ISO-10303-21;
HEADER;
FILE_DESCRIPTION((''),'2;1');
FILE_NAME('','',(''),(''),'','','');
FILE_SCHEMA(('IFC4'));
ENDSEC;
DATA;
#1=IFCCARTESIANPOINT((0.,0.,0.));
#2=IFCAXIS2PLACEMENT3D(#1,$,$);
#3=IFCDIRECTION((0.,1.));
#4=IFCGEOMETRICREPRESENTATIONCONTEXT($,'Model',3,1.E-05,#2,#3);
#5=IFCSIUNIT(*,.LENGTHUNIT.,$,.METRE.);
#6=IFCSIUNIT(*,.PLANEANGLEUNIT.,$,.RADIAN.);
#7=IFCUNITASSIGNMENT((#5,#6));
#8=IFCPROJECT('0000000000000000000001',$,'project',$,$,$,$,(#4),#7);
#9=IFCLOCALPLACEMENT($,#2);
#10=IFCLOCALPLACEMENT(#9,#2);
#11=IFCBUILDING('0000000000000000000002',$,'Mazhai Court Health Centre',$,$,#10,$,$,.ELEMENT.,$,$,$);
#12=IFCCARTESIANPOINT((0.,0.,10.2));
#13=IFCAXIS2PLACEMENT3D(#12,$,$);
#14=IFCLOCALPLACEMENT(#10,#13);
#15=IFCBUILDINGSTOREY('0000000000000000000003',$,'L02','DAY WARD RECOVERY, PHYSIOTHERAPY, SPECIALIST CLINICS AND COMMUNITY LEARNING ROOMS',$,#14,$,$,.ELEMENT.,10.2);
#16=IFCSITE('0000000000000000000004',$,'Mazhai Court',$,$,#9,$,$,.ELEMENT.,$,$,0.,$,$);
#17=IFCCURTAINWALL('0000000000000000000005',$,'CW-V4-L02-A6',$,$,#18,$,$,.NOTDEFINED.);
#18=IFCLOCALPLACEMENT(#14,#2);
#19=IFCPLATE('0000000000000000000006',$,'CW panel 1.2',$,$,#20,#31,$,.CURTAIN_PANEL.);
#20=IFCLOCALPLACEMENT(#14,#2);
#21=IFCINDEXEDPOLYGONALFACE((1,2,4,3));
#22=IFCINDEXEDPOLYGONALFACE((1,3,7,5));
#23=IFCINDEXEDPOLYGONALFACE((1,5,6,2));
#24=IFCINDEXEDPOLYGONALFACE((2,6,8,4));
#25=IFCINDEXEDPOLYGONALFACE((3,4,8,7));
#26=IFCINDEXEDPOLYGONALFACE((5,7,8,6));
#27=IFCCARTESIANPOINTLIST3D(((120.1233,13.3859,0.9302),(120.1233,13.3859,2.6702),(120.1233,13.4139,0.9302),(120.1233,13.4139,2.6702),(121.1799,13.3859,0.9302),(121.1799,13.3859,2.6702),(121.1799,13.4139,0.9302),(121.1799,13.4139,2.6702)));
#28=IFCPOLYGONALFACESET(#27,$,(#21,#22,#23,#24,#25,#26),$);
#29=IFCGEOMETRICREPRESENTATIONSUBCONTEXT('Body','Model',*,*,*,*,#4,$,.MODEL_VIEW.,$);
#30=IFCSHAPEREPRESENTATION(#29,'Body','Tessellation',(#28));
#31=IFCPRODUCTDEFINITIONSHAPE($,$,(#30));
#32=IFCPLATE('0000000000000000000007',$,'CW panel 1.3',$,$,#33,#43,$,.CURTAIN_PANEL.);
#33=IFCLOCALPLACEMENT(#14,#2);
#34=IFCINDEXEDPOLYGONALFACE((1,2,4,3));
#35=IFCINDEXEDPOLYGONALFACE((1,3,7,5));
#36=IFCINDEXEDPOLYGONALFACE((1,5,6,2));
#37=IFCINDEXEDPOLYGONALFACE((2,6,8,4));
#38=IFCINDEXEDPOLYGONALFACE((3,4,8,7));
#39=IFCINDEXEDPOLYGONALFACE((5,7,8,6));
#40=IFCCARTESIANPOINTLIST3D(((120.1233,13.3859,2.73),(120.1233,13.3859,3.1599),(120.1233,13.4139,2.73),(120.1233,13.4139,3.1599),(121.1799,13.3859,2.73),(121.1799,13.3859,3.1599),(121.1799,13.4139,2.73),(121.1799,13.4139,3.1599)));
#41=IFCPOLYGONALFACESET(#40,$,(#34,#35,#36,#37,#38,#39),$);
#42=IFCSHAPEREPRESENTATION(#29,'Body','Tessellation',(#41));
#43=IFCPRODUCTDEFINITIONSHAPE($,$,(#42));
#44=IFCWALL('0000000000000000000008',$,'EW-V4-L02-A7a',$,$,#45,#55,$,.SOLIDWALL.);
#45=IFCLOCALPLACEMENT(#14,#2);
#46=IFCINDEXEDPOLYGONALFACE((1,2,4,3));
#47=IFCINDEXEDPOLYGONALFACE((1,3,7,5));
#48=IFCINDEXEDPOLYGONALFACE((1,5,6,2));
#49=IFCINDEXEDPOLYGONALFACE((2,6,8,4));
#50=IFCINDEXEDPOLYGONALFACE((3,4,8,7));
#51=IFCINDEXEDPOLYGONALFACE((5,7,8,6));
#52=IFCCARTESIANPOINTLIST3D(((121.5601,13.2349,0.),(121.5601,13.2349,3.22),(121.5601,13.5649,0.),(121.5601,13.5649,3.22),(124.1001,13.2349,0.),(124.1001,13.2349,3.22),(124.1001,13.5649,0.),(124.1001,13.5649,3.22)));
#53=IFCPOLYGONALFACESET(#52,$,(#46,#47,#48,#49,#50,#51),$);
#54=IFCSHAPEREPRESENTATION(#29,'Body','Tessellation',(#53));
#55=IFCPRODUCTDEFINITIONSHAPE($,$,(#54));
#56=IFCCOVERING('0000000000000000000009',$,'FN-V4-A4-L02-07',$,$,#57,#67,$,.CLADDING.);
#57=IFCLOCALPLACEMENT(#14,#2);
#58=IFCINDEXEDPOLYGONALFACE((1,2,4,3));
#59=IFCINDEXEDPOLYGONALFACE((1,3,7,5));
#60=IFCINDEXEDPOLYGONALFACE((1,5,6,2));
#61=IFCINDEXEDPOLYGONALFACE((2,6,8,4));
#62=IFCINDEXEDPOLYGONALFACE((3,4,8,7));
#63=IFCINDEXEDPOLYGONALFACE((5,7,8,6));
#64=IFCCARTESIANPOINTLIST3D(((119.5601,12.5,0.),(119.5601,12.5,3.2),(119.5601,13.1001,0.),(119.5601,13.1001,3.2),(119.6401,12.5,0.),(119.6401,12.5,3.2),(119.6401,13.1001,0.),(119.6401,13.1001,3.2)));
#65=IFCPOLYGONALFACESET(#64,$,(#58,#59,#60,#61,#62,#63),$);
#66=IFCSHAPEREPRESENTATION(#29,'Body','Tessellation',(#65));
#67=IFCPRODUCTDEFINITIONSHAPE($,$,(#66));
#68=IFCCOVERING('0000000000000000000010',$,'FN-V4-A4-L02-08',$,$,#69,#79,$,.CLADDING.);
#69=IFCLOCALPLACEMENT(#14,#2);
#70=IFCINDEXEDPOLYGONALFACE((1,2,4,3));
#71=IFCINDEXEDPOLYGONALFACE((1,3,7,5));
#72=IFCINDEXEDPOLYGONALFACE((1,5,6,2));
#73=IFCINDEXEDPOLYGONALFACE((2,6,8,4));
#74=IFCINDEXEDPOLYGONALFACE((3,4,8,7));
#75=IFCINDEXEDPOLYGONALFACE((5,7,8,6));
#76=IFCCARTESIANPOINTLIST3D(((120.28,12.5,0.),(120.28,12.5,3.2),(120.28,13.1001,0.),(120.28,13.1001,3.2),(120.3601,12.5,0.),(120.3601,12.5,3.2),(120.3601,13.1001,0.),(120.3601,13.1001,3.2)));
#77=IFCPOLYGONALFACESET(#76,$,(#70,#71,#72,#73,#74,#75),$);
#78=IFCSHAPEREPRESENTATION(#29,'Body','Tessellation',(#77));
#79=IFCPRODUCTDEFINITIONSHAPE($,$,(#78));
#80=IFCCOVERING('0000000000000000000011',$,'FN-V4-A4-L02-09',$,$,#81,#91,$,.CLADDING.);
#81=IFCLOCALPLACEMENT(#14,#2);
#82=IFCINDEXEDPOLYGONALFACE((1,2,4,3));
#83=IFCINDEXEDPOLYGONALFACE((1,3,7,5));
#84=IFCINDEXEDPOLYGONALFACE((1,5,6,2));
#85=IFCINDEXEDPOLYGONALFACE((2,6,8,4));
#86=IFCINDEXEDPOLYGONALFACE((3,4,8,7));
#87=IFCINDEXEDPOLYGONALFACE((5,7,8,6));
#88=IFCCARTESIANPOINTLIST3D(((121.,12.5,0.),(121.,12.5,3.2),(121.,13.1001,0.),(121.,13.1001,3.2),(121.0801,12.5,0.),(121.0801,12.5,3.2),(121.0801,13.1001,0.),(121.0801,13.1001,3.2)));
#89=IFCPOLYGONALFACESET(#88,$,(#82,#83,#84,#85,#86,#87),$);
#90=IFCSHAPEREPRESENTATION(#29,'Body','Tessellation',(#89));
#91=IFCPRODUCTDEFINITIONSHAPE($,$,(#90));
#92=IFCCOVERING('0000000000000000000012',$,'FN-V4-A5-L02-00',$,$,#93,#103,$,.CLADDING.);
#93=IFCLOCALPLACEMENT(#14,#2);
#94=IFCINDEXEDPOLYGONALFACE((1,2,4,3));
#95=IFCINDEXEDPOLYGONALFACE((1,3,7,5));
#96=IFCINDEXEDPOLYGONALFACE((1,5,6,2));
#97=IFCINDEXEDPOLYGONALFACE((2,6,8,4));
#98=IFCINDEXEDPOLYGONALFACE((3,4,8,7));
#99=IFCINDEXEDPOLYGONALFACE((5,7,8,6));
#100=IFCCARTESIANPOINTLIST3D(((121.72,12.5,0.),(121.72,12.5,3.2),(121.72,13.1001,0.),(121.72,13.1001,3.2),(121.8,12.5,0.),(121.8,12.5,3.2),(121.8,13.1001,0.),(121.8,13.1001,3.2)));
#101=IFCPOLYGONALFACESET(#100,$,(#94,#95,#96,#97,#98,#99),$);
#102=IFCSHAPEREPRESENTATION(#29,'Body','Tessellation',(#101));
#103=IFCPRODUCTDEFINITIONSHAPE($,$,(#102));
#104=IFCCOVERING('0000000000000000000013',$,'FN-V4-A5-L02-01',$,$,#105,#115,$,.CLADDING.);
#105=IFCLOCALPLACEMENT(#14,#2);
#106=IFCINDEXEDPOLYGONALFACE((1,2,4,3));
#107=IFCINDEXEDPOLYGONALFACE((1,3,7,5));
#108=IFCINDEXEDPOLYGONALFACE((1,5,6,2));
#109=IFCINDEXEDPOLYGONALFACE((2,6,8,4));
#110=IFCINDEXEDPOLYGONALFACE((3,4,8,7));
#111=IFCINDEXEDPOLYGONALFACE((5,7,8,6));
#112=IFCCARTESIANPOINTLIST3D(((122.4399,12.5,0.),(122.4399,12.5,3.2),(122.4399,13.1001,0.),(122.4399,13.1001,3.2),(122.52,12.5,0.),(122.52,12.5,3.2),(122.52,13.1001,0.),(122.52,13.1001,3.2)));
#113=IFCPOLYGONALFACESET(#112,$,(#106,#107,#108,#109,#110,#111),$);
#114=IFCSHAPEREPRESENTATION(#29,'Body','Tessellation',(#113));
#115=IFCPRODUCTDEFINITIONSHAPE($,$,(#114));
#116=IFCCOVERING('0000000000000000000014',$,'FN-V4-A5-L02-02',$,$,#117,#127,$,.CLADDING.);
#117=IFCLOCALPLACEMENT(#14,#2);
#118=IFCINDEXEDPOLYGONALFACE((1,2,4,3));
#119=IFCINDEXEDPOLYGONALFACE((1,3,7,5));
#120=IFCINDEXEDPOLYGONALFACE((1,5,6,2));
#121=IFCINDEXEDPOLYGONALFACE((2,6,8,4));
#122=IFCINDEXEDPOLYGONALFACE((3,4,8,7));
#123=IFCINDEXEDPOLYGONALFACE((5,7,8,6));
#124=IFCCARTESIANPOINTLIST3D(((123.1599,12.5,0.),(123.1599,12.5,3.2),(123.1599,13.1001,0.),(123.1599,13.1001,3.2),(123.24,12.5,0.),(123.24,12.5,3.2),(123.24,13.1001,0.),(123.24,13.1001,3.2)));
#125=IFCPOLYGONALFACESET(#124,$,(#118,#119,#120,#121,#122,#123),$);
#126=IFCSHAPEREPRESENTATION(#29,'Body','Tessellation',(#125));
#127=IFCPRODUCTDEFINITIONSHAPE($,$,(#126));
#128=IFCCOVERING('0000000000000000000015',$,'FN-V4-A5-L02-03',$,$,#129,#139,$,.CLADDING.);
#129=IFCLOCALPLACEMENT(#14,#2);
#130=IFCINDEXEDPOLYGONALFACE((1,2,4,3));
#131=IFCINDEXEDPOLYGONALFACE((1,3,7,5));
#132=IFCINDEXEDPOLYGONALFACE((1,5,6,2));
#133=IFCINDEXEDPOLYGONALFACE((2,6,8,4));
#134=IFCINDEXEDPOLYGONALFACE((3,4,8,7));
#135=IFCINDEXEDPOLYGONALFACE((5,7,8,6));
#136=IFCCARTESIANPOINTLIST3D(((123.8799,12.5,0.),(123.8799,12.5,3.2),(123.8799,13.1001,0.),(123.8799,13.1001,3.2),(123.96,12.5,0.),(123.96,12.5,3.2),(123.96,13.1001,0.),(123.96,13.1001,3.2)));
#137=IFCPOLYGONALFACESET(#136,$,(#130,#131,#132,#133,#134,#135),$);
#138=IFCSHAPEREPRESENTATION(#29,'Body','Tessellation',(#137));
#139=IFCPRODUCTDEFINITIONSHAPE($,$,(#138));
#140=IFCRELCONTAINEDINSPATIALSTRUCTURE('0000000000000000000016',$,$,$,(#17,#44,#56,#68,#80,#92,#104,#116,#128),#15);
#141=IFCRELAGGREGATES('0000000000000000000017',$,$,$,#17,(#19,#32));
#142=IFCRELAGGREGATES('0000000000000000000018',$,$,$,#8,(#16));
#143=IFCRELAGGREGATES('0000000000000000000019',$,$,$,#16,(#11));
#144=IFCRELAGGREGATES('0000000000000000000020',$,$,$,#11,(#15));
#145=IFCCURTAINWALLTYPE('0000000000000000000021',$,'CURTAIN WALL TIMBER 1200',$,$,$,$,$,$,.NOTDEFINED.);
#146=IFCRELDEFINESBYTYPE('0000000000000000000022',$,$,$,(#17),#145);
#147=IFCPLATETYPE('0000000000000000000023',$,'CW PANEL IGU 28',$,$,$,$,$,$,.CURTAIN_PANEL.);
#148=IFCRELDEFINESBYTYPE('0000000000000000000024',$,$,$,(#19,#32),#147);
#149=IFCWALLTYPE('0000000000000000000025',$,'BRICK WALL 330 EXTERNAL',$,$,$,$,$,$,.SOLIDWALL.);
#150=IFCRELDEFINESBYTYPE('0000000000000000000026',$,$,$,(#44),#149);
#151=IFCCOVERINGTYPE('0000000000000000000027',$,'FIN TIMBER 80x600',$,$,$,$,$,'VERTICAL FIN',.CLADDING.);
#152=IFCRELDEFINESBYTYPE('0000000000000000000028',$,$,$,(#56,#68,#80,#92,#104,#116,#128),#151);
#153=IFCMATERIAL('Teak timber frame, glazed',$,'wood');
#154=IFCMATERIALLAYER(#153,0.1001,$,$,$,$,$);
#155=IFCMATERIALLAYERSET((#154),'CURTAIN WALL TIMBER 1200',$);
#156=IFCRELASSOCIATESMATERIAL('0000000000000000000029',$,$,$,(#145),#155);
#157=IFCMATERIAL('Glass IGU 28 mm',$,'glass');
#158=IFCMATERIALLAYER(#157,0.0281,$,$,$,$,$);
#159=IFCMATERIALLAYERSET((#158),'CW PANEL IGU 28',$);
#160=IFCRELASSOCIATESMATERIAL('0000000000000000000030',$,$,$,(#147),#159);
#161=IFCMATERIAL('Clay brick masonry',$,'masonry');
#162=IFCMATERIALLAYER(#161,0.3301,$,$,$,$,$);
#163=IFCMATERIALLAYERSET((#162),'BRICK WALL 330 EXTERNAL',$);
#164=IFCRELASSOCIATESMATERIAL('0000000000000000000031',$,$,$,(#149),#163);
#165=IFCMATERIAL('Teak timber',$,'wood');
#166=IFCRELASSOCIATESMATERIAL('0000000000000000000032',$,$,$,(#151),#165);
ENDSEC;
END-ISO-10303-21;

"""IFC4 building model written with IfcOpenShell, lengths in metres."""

from ifc_helpers import new_model, si_unit, direction, frame, frame_2d, origin, origin_2d, place, context, subcontext, project, spatial, rectangle, extrude, material, layer, layer_set, type_object, element, aggregate, save


model = new_model("IFC4")

# Units and contexts
model_context = context("Model", 3, precision=1e-05, world=origin(), true_north=direction((0.0, 1.0)))
body_context = subcontext(model_context, "Body", "Model", "MODEL_VIEW")
ifc_project = project(units=[si_unit("LENGTHUNIT", "METRE"), si_unit("PLANEANGLEUNIT", "RADIAN")], contexts=[model_context])

# Site, building, storey
site_placement = place(None, origin())
site = spatial("IfcSite", under=ifc_project, at=site_placement, Name="Mazhai Court", CompositionType="ELEMENT", RefElevation=0.0)
building_placement = place(site_placement, origin())
building = spatial("IfcBuilding", under=site, at=building_placement, Name="Mazhai Court Health Centre", CompositionType="ELEMENT")
storey_placement = place(building_placement, frame((0.0, 0.0, 10.2)))
storey = spatial("IfcBuildingStorey", under=building, at=storey_placement, Name="L02", Description="DAY WARD RECOVERY, PHYSIOTHERAPY, SPECIALIST CLINICS AND COMMUNITY LEARNING ROOMS", CompositionType="ELEMENT", Elevation=10.2)

# Curtain wall
ifc_material_1 = material(Name="Teak timber frame, glazed", Category="wood")
ifc_layer_1 = layer(ifc_material_1, 0.1001)
ifc_layer_set_1 = layer_set([ifc_layer_1], Name="CURTAIN WALL TIMBER 1200")
curtain_wall_type_1 = type_object("IfcCurtainWallType", Name="CURTAIN WALL TIMBER 1200", PredefinedType="NOTDEFINED", material=ifc_layer_set_1)
curtain_wall_1_placement = place(storey_placement, origin())
curtain_wall_1 = element("IfcCurtainWall", 1, at=curtain_wall_1_placement, inside=storey, type_object=curtain_wall_type_1, Name="CW-V4-L02-A6", PredefinedType="NOTDEFINED")

# Plates
ifc_material_2 = material(Name="Glass IGU 28 mm", Category="glass")
ifc_layer_2 = layer(ifc_material_2, 0.0281)
ifc_layer_set_2 = layer_set([ifc_layer_2], Name="CW PANEL IGU 28")
plate_type = type_object("IfcPlateType", Name="CW PANEL IGU 28", PredefinedType="CURTAIN_PANEL", material=ifc_layer_set_2)
plate_1_placement = place(storey_placement, frame((120.6516, 13.3999, 0.9302), z_axis=(0.0, 0.0, 1.0), x_axis=(-1.0, 0.0, 0.0)))
plate_1 = element("IfcPlate", 2, at=plate_1_placement, type_object=plate_type, Name="CW panel 1.2", PredefinedType="CURTAIN_PANEL", context=body_context, shape_type="SweptSolid", body=[
    extrude(rectangle(XDim=1.0566, YDim=0.0281, at=origin_2d()), origin(), (0.0, 0.0, 1.0), 1.74),
])
plate_2_placement = place(storey_placement, frame((120.6516, 13.3999, 2.73), z_axis=(0.0, 0.0, 1.0), x_axis=(-1.0, 0.0, 0.0)))
plate_2 = element("IfcPlate", 3, at=plate_2_placement, type_object=plate_type, Name="CW panel 1.3", PredefinedType="CURTAIN_PANEL", context=body_context, shape_type="SweptSolid", body=[
    extrude(rectangle(XDim=1.0566, YDim=0.0281, at=origin_2d()), origin(), (0.0, 0.0, 1.0), 0.4299),
])
aggregate(curtain_wall_1, [plate_1, plate_2])

# Wall
ifc_material_3 = material(Name="Clay brick masonry", Category="masonry")
ifc_layer_3 = layer(ifc_material_3, 0.3301)
ifc_layer_set_3 = layer_set([ifc_layer_3], Name="BRICK WALL 330 EXTERNAL")
wall_type = type_object("IfcWallType", Name="BRICK WALL 330 EXTERNAL", PredefinedType="SOLIDWALL", material=ifc_layer_set_3)
wall_placement = place(storey_placement, frame((124.1001, 13.3999, 0.0), z_axis=(0.0, 0.0, 1.0), x_axis=(-1.0, 0.0, 0.0)))
element("IfcWall", 4, at=wall_placement, inside=storey, type_object=wall_type, Name="EW-V4-L02-A7a", PredefinedType="SOLIDWALL", context=body_context, shape_type="SweptSolid", body=[
    extrude(rectangle(XDim=2.54, YDim=0.3301, at=frame_2d((1.27, 0.0))), origin(), (0.0, 0.0, 1.0), 3.22),
])

# Coverings
ifc_material_4 = material(Name="Teak timber", Category="wood")
covering_type = type_object("IfcCoveringType", Name="FIN TIMBER 80x600", ElementType="VERTICAL FIN", PredefinedType="CLADDING", material=ifc_material_4)
for number, where, z_axis, x_axis, name in (
    (5, (119.6001, 12.8, 0.0), (0.0, 0.0, 1.0), (1.0, 0.0, 0.0), "FN-V4-A4-L02-07"),
    (6, (120.3201, 12.8, 0.0), (0.0, 0.0, 1.0), (1.0, 0.0, 0.0), "FN-V4-A4-L02-08"),
    (7, (121.04, 12.8, 0.0), (0.0, 0.0, 1.0), (1.0, 0.0, 0.0), "FN-V4-A4-L02-09"),
    (8, (121.76, 12.8, 0.0), (0.0, 0.0, 1.0), (1.0, 0.0, 0.0), "FN-V4-A5-L02-00"),
    (9, (122.48, 12.8, 0.0), (0.0, 0.0, 1.0), (1.0, 0.0, 0.0), "FN-V4-A5-L02-01"),
    (10, (123.2, 12.8, 0.0), (0.0, 0.0, 1.0), (1.0, 0.0, 0.0), "FN-V4-A5-L02-02"),
    (11, (123.9199, 12.8, 0.0), (0.0, 0.0, 1.0), (1.0, 0.0, 0.0), "FN-V4-A5-L02-03"),
):
    element("IfcCovering", number, at=place(storey_placement, frame(where, z_axis=z_axis, x_axis=x_axis)), inside=storey, type_object=covering_type, Name=name, PredefinedType="CLADDING", context=body_context, shape_type="SweptSolid", body=[
        extrude(rectangle(XDim=0.0801, YDim=0.6001, at=origin_2d()), origin(), (0.0, 0.0, 1.0), 3.2),
    ])

save(model, "model.ifc")
